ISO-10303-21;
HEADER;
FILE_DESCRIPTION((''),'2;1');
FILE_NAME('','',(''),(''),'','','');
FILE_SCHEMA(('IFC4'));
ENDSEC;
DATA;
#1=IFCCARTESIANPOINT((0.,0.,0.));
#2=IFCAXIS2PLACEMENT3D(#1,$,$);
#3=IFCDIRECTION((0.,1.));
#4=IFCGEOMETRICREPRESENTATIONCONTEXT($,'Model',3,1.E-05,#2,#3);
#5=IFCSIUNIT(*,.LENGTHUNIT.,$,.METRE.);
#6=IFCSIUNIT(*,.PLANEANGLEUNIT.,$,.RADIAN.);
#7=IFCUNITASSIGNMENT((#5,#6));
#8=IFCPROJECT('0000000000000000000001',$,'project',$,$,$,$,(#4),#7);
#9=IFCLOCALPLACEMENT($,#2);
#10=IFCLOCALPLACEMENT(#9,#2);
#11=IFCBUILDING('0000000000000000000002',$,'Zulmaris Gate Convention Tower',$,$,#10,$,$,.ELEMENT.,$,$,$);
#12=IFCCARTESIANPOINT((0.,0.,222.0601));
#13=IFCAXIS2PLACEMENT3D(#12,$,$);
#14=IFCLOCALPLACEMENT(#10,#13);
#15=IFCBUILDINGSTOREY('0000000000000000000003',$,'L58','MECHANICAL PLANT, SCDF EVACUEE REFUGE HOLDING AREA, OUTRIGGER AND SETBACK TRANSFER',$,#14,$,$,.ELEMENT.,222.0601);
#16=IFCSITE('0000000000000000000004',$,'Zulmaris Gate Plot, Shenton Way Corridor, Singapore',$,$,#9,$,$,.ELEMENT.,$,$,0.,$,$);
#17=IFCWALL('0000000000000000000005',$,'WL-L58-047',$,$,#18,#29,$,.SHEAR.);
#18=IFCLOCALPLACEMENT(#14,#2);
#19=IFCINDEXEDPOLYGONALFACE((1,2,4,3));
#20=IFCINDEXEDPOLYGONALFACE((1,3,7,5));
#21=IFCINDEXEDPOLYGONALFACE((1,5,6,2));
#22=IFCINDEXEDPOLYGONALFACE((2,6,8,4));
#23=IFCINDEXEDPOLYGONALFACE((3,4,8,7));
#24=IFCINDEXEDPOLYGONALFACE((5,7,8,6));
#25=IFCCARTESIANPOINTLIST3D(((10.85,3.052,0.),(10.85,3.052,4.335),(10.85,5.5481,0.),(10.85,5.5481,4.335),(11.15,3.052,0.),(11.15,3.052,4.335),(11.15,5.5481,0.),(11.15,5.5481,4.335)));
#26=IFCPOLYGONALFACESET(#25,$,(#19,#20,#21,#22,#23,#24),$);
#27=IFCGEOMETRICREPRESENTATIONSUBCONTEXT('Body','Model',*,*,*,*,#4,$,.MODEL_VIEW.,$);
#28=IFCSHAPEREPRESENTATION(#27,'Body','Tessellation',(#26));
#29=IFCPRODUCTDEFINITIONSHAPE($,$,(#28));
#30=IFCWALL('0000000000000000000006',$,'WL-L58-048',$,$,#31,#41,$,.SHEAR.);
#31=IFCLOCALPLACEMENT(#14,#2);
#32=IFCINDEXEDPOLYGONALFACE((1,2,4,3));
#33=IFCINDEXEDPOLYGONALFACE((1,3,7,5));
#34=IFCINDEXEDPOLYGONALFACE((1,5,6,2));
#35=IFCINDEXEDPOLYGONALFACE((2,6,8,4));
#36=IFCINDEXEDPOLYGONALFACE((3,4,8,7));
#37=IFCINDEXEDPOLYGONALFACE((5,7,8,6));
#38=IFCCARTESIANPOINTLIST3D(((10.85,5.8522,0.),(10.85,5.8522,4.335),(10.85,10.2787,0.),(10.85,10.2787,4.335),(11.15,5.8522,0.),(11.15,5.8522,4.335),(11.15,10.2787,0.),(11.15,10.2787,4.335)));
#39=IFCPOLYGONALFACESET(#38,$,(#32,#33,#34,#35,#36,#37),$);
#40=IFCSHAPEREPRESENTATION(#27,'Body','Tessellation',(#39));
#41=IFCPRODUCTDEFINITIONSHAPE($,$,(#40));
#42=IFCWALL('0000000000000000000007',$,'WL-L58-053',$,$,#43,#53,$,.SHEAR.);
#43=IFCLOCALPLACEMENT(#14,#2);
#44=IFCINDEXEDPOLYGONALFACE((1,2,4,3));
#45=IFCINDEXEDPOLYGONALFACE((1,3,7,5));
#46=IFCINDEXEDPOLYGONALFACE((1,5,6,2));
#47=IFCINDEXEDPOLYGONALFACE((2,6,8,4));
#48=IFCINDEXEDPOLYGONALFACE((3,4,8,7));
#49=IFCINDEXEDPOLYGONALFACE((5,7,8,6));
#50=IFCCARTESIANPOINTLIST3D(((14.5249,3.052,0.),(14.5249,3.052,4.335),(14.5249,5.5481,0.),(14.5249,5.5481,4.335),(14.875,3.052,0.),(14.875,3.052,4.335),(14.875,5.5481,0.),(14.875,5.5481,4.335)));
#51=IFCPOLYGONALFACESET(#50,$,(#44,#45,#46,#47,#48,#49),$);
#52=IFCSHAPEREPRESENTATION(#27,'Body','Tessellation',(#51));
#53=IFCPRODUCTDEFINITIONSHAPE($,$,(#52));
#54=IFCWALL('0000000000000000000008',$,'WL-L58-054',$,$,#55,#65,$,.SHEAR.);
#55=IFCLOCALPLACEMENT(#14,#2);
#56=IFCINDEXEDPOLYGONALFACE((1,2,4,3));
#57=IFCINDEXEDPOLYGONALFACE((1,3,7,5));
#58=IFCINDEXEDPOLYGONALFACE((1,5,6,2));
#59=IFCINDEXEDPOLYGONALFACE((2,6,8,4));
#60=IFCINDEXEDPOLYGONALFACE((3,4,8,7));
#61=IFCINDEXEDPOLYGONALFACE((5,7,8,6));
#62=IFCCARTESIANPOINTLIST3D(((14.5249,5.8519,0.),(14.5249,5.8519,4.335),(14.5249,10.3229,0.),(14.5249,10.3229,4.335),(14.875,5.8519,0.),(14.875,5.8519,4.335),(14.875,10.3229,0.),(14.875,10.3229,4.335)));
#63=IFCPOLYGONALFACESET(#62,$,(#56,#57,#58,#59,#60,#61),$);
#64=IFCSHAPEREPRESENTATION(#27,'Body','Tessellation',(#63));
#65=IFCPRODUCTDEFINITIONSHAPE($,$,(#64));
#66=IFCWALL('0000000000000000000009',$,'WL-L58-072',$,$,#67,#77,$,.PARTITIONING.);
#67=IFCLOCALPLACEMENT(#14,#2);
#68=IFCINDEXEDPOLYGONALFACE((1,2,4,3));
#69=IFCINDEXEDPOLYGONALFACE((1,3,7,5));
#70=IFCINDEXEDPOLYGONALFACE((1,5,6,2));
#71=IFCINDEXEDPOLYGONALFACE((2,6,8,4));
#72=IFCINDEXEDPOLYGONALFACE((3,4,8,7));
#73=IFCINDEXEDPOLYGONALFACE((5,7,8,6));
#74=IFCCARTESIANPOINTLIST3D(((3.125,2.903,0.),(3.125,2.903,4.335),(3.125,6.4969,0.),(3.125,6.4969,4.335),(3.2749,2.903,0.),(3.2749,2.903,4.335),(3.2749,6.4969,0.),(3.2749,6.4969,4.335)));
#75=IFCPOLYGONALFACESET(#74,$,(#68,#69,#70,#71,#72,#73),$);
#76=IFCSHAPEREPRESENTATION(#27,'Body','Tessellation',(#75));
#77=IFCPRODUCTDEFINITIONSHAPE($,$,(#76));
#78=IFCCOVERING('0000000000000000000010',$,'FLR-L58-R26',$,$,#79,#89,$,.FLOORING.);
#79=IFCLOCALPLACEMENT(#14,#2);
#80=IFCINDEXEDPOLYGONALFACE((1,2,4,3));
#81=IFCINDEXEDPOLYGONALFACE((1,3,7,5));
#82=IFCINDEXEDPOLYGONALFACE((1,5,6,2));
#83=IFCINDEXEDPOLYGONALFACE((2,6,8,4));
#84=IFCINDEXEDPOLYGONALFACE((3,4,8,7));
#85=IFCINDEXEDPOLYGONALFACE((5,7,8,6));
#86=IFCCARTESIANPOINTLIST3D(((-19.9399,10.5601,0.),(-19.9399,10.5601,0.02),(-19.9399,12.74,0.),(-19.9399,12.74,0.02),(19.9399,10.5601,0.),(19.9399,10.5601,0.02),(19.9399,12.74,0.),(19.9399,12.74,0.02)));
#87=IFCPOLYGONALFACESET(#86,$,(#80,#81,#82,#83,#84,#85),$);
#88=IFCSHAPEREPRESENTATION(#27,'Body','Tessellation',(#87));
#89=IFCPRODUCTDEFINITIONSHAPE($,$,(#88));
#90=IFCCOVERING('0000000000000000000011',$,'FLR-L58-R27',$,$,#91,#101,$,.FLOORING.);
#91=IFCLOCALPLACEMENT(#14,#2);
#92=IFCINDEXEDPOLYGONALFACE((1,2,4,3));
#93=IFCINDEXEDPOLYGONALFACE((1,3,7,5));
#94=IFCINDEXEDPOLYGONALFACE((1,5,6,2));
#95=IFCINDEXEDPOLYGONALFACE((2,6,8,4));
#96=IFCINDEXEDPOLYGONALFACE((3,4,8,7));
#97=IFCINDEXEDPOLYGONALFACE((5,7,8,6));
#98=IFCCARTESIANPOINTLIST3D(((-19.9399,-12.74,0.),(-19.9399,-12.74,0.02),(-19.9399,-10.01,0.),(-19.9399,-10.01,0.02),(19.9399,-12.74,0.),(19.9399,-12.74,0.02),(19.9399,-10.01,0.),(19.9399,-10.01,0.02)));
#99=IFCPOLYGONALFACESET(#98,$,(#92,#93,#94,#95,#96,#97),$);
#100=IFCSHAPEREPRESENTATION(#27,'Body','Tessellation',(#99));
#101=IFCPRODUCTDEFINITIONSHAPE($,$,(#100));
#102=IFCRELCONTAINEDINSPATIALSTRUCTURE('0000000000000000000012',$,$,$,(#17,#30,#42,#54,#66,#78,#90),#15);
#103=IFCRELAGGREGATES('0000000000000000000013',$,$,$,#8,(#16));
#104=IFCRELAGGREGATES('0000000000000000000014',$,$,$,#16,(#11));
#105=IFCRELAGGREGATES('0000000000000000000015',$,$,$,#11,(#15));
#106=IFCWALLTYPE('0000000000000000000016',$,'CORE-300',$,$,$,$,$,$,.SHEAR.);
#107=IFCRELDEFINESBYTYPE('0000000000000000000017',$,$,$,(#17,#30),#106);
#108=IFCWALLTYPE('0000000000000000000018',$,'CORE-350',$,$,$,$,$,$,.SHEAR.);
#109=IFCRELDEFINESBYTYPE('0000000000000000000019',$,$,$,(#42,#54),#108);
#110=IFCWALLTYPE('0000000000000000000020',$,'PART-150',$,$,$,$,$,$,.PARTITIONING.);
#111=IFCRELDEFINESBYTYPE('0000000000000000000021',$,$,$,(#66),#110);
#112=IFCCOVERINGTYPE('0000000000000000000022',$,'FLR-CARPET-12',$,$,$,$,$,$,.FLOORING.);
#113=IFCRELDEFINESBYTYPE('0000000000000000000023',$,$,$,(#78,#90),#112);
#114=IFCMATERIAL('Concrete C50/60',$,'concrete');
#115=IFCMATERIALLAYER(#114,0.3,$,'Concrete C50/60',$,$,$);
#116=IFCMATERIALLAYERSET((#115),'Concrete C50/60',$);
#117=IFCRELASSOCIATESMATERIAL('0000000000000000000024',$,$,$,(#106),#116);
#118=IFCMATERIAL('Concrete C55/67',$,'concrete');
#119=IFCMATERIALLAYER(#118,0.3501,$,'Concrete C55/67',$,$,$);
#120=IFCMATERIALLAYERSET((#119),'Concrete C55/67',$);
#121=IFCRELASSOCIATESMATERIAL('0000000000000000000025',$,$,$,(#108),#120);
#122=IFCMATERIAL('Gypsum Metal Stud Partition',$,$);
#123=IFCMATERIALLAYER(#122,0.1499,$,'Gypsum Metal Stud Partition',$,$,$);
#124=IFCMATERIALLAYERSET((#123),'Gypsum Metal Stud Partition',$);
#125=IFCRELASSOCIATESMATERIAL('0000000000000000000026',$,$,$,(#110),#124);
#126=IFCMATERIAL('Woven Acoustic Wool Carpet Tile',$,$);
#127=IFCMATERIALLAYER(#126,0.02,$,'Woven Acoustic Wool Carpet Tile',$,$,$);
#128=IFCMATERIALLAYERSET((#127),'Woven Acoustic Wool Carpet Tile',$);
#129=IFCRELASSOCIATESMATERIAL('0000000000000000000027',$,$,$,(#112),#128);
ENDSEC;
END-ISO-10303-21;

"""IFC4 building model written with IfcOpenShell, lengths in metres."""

from ifc_helpers import new_model, si_unit, direction, frame, frame_2d, origin, place, context, subcontext, project, spatial, polyline, rectangle, outline, extrude, material, layer, layer_set, type_object, element, save


model = new_model("IFC4")

# Units and contexts
model_context = context("Model", 3, precision=1e-05, world=origin(), true_north=direction((0.0, 1.0)))
body_context = subcontext(model_context, "Body", "Model", "MODEL_VIEW")
ifc_project = project(units=[si_unit("LENGTHUNIT", "METRE"), si_unit("PLANEANGLEUNIT", "RADIAN")], contexts=[model_context])

# Site, building, storey
site_placement = place(None, origin())
site = spatial("IfcSite", under=ifc_project, at=site_placement, Name="Zulmaris Gate Plot, Shenton Way Corridor, Singapore", CompositionType="ELEMENT", RefElevation=0.0)
building_placement = place(site_placement, origin())
building = spatial("IfcBuilding", under=site, at=building_placement, Name="Zulmaris Gate Convention Tower", CompositionType="ELEMENT")
storey_placement = place(building_placement, frame((0.0, 0.0, 222.0601)))
storey = spatial("IfcBuildingStorey", under=building, at=storey_placement, Name="L58", Description="MECHANICAL PLANT, SCDF EVACUEE REFUGE HOLDING AREA, OUTRIGGER AND SETBACK TRANSFER", CompositionType="ELEMENT", Elevation=222.0601)

# Shared definitions
ifc_material_1 = material(Name="Concrete C50/60", Category="concrete")

# Shared definitions
ifc_layer_1 = layer(ifc_material_1, 0.3, Name="Concrete C50/60")
ifc_layer_set_1 = layer_set([ifc_layer_1], Name="Concrete C50/60")
wall_type_1 = type_object("IfcWallType", Name="CORE-300", PredefinedType="SHEAR", material=ifc_layer_set_1)

# Walls
wall_1_placement = place(storey_placement, frame((11.0, 3.052, 0.0), z_axis=(0.0, 0.0, 1.0), x_axis=(0.0, 1.0, 0.0)))
element("IfcWall", 1, at=wall_1_placement, inside=storey, type_object=wall_type_1, Name="WL-L58-047", PredefinedType="SHEAR", context=body_context, shape_type="SweptSolid", body=[
    extrude(rectangle(XDim=2.4961, YDim=0.3, at=frame_2d((1.248, 0.0))), origin(), (0.0, 0.0, 1.0), 4.335),
])
wall_2_placement = place(storey_placement, frame((11.0, 5.8521, 0.0), z_axis=(0.0, 0.0, 1.0), x_axis=(0.0, 1.0, 0.0)))
element("IfcWall", 2, at=wall_2_placement, inside=storey, type_object=wall_type_1, Name="WL-L58-048", PredefinedType="SHEAR", context=body_context, shape_type="SweptSolid", body=[
    extrude(rectangle(XDim=4.4265, YDim=0.3, at=frame_2d((2.2134, 0.0))), origin(), (0.0, 0.0, 1.0), 4.335),
])

# Shared definitions
ifc_material_2 = material(Name="Concrete C55/67", Category="concrete")
ifc_layer_2 = layer(ifc_material_2, 0.3501, Name="Concrete C55/67")
ifc_layer_set_2 = layer_set([ifc_layer_2], Name="Concrete C55/67")
wall_type_2 = type_object("IfcWallType", Name="CORE-350", PredefinedType="SHEAR", material=ifc_layer_set_2)

# Walls
wall_3_placement = place(storey_placement, frame((14.7, 3.052, 0.0), z_axis=(0.0, 0.0, 1.0), x_axis=(0.0, 1.0, 0.0)))
element("IfcWall", 3, at=wall_3_placement, inside=storey, type_object=wall_type_2, Name="WL-L58-053", PredefinedType="SHEAR", context=body_context, shape_type="SweptSolid", body=[
    extrude(rectangle(XDim=2.4961, YDim=0.3501, at=frame_2d((1.248, 0.0))), origin(), (0.0, 0.0, 1.0), 4.335),
])
wall_4_placement = place(storey_placement, frame((14.7, 5.8521, 0.0), z_axis=(0.0, 0.0, 1.0), x_axis=(0.0, 1.0, 0.0)))
element("IfcWall", 4, at=wall_4_placement, inside=storey, type_object=wall_type_2, Name="WL-L58-054", PredefinedType="SHEAR", context=body_context, shape_type="SweptSolid", body=[
    extrude(rectangle(XDim=4.4709, YDim=0.3501, at=frame_2d((2.2354, 0.0))), origin(), (0.0, 0.0, 1.0), 4.335),
])
ifc_material_3 = material(Name="Gypsum Metal Stud Partition")
ifc_layer_3 = layer(ifc_material_3, 0.1499, Name="Gypsum Metal Stud Partition")
ifc_layer_set_3 = layer_set([ifc_layer_3], Name="Gypsum Metal Stud Partition")
wall_type_3 = type_object("IfcWallType", Name="PART-150", PredefinedType="PARTITIONING", material=ifc_layer_set_3)
wall_5_placement = place(storey_placement, frame((3.2, 2.9031, 0.0), z_axis=(0.0, 0.0, 1.0), x_axis=(0.0, 1.0, 0.0)))
element("IfcWall", 5, at=wall_5_placement, inside=storey, type_object=wall_type_3, Name="WL-L58-072", PredefinedType="PARTITIONING", context=body_context, shape_type="SweptSolid", body=[
    extrude(rectangle(XDim=3.594, YDim=0.1499, at=frame_2d((1.7969, 0.0))), origin(), (0.0, 0.0, 1.0), 4.335),
])

# Coverings
ifc_material_4 = material(Name="Woven Acoustic Wool Carpet Tile")
ifc_layer_4 = layer(ifc_material_4, 0.02, Name="Woven Acoustic Wool Carpet Tile")
ifc_layer_set_4 = layer_set([ifc_layer_4], Name="Woven Acoustic Wool Carpet Tile")
covering_type = type_object("IfcCoveringType", Name="FLR-CARPET-12", PredefinedType="FLOORING", material=ifc_layer_set_4)
covering_1_placement = place(storey_placement, origin())
element("IfcCovering", 6, at=covering_1_placement, inside=storey, type_object=covering_type, Name="FLR-L58-R26", PredefinedType="FLOORING", context=body_context, shape_type="SweptSolid", body=[
    extrude(outline(polyline([(-19.9399, 10.5601), (19.9399, 10.5601), (19.9399, 12.74), (-19.9399, 12.74), (-19.9399, 10.5601)])), origin(), (0.0, 0.0, 1.0), 0.02),
])
covering_2_placement = place(storey_placement, origin())
element("IfcCovering", 7, at=covering_2_placement, inside=storey, type_object=covering_type, Name="FLR-L58-R27", PredefinedType="FLOORING", context=body_context, shape_type="SweptSolid", body=[
    extrude(outline(polyline([(-19.9399, -12.74), (19.9399, -12.74), (19.9399, -10.01), (-19.9399, -10.01), (-19.9399, -12.74)])), origin(), (0.0, 0.0, 1.0), 0.02),
])

save(model, "model.ifc")
